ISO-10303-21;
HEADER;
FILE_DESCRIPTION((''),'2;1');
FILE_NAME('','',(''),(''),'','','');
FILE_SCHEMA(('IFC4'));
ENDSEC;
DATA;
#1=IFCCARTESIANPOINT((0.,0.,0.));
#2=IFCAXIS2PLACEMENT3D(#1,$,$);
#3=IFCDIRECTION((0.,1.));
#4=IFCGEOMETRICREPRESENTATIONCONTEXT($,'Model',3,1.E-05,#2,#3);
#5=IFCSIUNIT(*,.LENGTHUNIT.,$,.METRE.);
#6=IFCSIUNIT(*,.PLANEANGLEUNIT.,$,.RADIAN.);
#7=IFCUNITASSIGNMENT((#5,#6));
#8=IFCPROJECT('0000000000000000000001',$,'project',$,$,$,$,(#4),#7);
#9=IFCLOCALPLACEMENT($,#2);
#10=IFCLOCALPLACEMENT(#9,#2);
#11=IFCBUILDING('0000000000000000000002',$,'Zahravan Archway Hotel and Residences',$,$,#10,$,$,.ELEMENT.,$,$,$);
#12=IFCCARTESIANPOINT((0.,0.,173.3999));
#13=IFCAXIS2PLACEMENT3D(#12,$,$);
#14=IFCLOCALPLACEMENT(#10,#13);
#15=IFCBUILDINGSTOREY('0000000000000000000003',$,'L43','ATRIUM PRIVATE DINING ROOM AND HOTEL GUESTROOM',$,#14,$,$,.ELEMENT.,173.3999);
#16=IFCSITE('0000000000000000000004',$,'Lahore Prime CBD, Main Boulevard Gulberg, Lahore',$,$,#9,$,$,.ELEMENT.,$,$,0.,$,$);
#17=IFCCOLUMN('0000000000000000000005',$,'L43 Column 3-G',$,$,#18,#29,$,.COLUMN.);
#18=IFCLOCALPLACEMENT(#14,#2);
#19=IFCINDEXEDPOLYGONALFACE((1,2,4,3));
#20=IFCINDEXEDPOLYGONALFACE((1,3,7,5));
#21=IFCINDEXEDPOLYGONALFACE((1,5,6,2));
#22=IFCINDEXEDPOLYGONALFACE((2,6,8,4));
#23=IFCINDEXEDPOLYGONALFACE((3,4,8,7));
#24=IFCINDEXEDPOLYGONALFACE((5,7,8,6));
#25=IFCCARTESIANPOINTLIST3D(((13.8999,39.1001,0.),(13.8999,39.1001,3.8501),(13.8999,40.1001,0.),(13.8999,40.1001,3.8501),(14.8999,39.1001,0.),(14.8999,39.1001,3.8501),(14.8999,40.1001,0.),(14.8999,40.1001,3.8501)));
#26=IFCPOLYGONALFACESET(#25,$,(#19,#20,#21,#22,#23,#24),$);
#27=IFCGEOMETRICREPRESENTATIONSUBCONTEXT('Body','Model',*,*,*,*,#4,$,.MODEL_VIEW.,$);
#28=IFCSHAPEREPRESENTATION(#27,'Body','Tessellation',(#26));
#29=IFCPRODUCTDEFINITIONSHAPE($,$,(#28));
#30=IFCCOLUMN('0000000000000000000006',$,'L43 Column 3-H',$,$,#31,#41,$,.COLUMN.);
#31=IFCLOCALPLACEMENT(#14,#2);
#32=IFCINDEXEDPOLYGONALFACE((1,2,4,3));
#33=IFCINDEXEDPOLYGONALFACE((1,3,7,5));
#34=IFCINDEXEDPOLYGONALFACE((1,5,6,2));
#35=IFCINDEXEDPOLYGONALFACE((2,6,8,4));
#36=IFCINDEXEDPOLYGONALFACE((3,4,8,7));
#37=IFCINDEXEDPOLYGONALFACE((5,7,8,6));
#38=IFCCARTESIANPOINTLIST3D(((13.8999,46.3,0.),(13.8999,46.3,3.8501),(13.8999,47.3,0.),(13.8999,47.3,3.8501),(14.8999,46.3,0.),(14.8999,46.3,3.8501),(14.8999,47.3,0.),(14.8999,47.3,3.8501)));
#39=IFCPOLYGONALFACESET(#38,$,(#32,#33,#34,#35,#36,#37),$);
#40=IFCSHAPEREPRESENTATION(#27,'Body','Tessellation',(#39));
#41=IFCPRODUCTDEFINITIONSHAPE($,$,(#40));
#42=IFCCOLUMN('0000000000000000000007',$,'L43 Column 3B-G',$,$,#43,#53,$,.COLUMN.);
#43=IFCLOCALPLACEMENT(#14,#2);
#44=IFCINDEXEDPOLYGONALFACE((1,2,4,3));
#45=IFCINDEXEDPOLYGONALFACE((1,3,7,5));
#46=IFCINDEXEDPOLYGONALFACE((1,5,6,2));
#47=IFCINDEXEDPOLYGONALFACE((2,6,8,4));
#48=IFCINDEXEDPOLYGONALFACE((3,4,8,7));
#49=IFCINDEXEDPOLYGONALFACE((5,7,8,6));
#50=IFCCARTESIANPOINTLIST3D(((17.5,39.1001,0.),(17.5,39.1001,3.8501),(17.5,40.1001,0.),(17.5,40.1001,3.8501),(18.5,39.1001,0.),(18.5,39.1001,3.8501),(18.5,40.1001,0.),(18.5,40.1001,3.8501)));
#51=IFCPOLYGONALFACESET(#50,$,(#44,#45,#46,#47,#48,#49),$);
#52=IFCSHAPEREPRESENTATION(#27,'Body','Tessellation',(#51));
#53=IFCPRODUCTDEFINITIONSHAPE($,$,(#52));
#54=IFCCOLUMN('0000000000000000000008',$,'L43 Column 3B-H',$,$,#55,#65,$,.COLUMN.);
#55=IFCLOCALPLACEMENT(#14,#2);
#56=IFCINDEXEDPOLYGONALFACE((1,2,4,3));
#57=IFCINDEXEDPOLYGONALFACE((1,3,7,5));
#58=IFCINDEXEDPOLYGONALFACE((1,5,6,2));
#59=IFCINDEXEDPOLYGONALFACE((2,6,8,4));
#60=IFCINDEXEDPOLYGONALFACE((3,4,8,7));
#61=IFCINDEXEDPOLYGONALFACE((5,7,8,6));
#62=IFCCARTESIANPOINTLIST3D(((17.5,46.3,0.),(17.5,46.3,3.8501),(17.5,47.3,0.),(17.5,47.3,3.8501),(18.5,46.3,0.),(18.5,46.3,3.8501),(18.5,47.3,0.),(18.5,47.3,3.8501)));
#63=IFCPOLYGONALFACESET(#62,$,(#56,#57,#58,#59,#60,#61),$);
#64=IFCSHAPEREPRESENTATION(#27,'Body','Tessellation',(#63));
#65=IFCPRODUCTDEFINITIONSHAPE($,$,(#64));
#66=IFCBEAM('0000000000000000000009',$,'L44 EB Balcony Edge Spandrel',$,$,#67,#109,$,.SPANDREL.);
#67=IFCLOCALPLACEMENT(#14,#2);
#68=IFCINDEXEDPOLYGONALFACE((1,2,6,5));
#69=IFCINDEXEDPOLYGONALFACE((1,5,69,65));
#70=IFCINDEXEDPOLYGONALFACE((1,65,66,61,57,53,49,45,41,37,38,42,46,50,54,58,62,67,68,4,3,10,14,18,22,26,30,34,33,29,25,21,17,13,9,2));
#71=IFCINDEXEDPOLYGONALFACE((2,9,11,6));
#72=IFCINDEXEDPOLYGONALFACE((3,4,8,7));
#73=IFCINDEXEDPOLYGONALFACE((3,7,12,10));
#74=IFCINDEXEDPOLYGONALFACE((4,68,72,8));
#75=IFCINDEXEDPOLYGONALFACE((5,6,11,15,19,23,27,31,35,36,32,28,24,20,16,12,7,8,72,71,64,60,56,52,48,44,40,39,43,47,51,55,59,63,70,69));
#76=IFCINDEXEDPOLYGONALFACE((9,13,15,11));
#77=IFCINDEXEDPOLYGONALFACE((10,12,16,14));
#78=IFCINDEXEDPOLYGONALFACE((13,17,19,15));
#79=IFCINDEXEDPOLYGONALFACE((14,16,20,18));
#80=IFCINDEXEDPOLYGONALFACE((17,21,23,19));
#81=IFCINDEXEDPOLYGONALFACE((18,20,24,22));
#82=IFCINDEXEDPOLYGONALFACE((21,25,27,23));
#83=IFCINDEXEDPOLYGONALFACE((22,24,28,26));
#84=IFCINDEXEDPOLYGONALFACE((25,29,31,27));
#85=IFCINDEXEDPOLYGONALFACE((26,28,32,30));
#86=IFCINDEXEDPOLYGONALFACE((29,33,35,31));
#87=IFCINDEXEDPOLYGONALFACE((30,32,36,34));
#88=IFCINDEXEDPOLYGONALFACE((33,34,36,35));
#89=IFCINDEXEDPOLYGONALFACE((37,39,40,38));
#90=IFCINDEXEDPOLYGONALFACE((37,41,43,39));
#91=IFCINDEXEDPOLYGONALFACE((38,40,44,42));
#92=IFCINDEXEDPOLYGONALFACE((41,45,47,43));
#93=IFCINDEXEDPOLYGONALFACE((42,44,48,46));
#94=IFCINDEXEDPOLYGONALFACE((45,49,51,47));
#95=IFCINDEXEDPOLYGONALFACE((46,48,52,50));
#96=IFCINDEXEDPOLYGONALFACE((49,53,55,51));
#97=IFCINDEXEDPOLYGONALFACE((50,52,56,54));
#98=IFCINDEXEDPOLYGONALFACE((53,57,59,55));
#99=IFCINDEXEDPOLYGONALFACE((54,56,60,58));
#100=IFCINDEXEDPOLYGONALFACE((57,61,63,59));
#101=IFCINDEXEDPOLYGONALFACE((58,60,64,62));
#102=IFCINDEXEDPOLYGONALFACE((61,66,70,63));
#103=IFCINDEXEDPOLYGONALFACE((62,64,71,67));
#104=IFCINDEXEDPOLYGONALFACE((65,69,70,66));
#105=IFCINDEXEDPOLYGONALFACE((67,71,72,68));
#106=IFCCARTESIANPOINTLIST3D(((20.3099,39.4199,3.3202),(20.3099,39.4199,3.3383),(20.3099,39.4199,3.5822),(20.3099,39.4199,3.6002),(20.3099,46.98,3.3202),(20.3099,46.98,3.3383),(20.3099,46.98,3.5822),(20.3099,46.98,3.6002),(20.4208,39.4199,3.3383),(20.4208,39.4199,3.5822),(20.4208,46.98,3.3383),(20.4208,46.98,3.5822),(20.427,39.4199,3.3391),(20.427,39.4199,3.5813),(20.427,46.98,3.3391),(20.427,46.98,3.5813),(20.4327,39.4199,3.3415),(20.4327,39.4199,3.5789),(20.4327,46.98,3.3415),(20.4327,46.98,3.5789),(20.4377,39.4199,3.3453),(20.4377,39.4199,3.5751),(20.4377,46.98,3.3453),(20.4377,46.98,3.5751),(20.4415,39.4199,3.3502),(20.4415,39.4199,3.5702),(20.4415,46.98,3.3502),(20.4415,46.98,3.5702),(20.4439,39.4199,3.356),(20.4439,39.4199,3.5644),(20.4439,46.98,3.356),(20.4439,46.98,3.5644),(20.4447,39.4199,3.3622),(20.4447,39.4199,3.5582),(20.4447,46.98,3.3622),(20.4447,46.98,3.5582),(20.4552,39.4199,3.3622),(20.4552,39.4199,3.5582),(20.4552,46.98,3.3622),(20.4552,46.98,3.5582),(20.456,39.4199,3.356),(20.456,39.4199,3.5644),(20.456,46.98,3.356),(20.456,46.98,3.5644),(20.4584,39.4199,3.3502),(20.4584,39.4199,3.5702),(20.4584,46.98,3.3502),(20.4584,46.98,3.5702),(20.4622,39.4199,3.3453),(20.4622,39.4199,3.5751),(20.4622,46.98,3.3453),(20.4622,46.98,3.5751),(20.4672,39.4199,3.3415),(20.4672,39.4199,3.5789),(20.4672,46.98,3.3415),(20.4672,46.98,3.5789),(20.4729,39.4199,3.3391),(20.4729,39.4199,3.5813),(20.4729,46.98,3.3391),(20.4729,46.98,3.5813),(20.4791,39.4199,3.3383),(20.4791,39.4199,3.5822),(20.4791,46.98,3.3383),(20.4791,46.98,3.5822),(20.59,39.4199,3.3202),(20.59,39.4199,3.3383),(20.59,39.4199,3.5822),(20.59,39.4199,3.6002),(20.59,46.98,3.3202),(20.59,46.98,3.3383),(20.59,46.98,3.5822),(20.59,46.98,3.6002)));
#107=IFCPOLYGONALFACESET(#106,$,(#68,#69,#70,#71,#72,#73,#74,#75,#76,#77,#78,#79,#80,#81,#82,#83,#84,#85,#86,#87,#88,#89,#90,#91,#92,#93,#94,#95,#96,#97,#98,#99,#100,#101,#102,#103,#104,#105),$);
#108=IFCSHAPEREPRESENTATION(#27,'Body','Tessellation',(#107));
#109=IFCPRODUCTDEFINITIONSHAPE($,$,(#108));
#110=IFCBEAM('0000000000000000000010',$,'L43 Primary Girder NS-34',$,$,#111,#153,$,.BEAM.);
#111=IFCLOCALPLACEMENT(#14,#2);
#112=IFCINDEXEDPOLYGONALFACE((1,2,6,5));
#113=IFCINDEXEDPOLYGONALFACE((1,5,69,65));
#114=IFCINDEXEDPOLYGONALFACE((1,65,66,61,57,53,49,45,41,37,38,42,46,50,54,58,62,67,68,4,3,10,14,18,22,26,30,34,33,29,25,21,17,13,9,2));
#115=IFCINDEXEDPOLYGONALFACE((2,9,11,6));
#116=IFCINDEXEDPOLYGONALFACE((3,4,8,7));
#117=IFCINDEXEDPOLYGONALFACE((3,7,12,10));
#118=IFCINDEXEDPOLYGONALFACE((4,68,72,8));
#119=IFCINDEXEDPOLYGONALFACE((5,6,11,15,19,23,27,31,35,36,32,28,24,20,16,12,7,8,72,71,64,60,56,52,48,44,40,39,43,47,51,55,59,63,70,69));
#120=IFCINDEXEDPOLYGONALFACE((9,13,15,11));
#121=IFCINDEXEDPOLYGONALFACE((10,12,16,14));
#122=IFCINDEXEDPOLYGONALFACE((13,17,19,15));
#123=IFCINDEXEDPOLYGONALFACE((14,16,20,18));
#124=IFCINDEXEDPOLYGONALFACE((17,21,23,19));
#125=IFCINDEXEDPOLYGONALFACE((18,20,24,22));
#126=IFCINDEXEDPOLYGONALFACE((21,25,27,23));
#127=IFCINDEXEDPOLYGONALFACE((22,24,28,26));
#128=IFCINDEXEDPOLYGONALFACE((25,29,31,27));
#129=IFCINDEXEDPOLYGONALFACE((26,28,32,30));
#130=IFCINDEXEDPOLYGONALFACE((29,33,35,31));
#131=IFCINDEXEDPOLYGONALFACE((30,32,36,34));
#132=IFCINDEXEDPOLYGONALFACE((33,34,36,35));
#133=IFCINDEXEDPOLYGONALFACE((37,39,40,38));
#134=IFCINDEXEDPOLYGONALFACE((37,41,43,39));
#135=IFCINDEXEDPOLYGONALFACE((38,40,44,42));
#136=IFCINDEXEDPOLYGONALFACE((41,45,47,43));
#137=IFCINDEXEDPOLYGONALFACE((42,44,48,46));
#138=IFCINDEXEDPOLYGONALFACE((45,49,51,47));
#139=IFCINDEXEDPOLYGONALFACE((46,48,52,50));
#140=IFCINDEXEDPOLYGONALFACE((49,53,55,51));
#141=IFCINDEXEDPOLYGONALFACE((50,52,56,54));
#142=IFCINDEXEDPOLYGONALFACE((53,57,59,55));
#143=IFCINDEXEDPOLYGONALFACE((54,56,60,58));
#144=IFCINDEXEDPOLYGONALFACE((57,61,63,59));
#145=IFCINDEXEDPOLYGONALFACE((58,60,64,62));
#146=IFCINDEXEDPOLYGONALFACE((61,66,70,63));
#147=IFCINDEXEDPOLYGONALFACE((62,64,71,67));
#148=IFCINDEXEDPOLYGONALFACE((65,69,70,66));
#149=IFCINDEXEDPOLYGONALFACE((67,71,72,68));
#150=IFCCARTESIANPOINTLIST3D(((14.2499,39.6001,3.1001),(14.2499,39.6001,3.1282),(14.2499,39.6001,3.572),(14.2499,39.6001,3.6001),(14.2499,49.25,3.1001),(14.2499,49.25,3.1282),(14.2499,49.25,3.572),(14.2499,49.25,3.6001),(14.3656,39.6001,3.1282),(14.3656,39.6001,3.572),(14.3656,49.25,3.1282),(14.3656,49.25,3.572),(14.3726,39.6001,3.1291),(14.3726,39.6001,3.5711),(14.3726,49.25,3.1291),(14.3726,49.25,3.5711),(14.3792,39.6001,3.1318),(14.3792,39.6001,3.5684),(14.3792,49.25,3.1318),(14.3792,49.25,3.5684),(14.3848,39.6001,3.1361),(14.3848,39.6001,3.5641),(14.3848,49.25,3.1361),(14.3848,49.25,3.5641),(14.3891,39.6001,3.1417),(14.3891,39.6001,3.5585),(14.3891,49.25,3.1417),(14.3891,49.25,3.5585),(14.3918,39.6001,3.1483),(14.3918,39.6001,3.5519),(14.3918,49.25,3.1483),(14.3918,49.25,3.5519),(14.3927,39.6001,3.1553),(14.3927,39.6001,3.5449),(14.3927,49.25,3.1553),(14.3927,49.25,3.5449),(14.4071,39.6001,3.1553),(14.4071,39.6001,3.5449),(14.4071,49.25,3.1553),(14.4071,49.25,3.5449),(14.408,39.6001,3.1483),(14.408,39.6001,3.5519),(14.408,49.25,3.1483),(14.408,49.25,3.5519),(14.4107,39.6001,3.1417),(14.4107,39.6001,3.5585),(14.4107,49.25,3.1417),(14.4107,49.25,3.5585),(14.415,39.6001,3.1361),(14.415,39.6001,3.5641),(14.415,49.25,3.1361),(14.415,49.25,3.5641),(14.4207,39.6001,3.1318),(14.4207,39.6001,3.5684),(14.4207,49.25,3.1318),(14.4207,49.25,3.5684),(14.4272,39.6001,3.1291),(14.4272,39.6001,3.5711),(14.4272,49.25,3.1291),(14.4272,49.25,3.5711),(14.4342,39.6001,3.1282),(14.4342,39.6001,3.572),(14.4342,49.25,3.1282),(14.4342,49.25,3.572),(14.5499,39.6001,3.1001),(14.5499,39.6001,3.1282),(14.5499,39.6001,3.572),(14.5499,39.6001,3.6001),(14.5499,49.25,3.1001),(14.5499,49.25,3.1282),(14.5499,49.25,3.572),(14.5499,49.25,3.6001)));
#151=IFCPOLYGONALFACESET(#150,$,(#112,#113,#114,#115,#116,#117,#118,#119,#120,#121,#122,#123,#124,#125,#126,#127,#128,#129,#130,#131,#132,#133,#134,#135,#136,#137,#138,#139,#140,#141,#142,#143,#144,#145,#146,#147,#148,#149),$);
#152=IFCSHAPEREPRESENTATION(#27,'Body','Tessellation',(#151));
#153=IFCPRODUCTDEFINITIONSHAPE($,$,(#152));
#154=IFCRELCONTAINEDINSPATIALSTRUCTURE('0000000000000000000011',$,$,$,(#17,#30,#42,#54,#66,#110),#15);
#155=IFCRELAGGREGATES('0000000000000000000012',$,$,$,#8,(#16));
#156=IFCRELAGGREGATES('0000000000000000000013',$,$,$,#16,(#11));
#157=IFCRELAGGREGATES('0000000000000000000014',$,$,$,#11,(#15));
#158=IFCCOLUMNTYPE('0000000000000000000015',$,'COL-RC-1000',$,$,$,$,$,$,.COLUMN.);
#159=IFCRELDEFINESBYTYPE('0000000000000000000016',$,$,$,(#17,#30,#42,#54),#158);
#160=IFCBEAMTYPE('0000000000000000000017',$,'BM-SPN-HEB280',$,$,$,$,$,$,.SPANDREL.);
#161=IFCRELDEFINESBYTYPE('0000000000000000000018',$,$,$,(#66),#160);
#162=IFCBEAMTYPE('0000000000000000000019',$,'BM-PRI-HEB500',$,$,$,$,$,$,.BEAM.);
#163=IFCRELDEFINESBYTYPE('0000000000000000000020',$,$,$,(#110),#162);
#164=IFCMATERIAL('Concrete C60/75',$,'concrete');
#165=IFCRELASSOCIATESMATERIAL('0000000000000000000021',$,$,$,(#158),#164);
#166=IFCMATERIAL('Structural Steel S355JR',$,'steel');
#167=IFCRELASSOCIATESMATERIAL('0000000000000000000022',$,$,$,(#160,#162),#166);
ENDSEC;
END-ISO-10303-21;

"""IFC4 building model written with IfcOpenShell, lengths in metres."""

from ifc_helpers import new_model, si_unit, direction, frame, origin, origin_2d, place, context, subcontext, project, spatial, rectangle, i_section, extrude, source, transform, mapped, material, material_profile, profile_set, type_object, type_shapes, element, save


model = new_model("IFC4")

# Units and contexts
model_context = context("Model", 3, precision=1e-05, world=origin(), true_north=direction((0.0, 1.0)))
body_context = subcontext(model_context, "Body", "Model", "MODEL_VIEW")
ifc_project = project(units=[si_unit("LENGTHUNIT", "METRE"), si_unit("PLANEANGLEUNIT", "RADIAN")], contexts=[model_context])

# Site, building, storey
site_placement = place(None, origin())
site = spatial("IfcSite", under=ifc_project, at=site_placement, Name="Lahore Prime CBD, Main Boulevard Gulberg, Lahore", CompositionType="ELEMENT", RefElevation=0.0)
building_placement = place(site_placement, origin())
building = spatial("IfcBuilding", under=site, at=building_placement, Name="Zahravan Archway Hotel and Residences", CompositionType="ELEMENT")
storey_placement = place(building_placement, frame((0.0, 0.0, 173.3999)))
storey = spatial("IfcBuildingStorey", under=building, at=storey_placement, Name="L43", Description="ATRIUM PRIVATE DINING ROOM AND HOTEL GUESTROOM", CompositionType="ELEMENT", Elevation=173.3999)

# Columns
ifc_material_1 = material(Name="Concrete C60/75", Category="concrete")
ifc_material_profile_1 = material_profile(ifc_material_1, rectangle(XDim=1.0, YDim=1.0, at=origin_2d()), Name="RC-COL-1000x1000", Category="concrete")
ifc_profile_set_1 = profile_set([ifc_material_profile_1], Name="Concrete C60/75")
column_type = type_object("IfcColumnType", Name="COL-RC-1000", PredefinedType="COLUMN", material=ifc_profile_set_1)
shared_shape_1 = source(origin(), body_context, "Body", "SweptSolid", [
    extrude(rectangle(XDim=1.0, YDim=1.0, at=origin_2d()), origin(), (0.0, 0.0, 1.0), 3.8501),
])
for number, where, z_axis, x_axis, name in (
    (1, (14.3999, 39.6001, 0.0), (0.0, 0.0, 1.0), (1.0, 0.0, 0.0), "L43 Column 3-G"),
    (2, (14.3999, 46.8, 0.0), (0.0, 0.0, 1.0), (1.0, 0.0, 0.0), "L43 Column 3-H"),
    (3, (18.0, 39.6001, 0.0), (0.0, 0.0, 1.0), (1.0, 0.0, 0.0), "L43 Column 3B-G"),
    (4, (18.0, 46.8, 0.0), (0.0, 0.0, 1.0), (1.0, 0.0, 0.0), "L43 Column 3B-H"),
):
    element("IfcColumn", number, at=place(storey_placement, frame(where, z_axis=z_axis, x_axis=x_axis)), inside=storey, type_object=column_type, Name=name, PredefinedType="COLUMN", context=body_context, shape_type="MappedRepresentation", body=[
        mapped(shared_shape_1, transform((0.0, 0.0, 0.0), scale=1.0)),
    ])

# Beams
ifc_material_2 = material(Name="Structural Steel S355JR", Category="steel")
ifc_material_profile_2 = material_profile(ifc_material_2, i_section(OverallWidth=0.28, OverallDepth=0.28, WebThickness=0.0105, FlangeThickness=0.0181, FilletRadius=0.0239, at=origin_2d()), Name="HEB 280", Category="steel")
ifc_profile_set_2 = profile_set([ifc_material_profile_2], Name="Structural Steel S355JR")
beam_type_1 = type_object("IfcBeamType", Name="BM-SPN-HEB280", PredefinedType="SPANDREL", material=ifc_profile_set_2)
shared_shape_2 = source(origin(), body_context, "Body", "SweptSolid", [
    extrude(i_section(OverallWidth=0.28, OverallDepth=0.28, WebThickness=0.0105, FlangeThickness=0.0181, FilletRadius=0.0239, at=origin_2d()), origin(), (0.0, 0.0, 1.0), 7.5601),
])
type_shapes(beam_type_1, [shared_shape_2])
beam_1_placement = place(storey_placement, frame((20.45, 39.4199, 3.4602), z_axis=(0.0, 1.0, 0.0), x_axis=(-1.0, 0.0, 0.0)))
element("IfcBeam", 5, at=beam_1_placement, inside=storey, type_object=beam_type_1, Name="L44 EB Balcony Edge Spandrel", PredefinedType="SPANDREL", context=body_context, shape_type="MappedRepresentation", body=[
    mapped(shared_shape_2, transform((0.0, 0.0, 0.0), scale=1.0)),
])
ifc_material_profile_3 = material_profile(ifc_material_2, i_section(OverallWidth=0.3, OverallDepth=0.5, WebThickness=0.0144, FlangeThickness=0.0281, FilletRadius=0.0271, at=origin_2d()), Name="HEB 500", Category="steel")
ifc_profile_set_3 = profile_set([ifc_material_profile_3], Name="Structural Steel S355JR")
beam_type_2 = type_object("IfcBeamType", Name="BM-PRI-HEB500", PredefinedType="BEAM", material=ifc_profile_set_3)
shared_shape_3 = source(origin(), body_context, "Body", "SweptSolid", [
    extrude(i_section(OverallWidth=0.3, OverallDepth=0.5, WebThickness=0.0144, FlangeThickness=0.0281, FilletRadius=0.0271, at=origin_2d()), origin(), (0.0, 0.0, 1.0), 9.6499),
])
beam_2_placement = place(storey_placement, frame((14.3999, 39.6001, 3.3501), z_axis=(0.0, 1.0, 0.0), x_axis=(-1.0, 0.0, 0.0)))
element("IfcBeam", 6, at=beam_2_placement, inside=storey, type_object=beam_type_2, Name="L43 Primary Girder NS-34", PredefinedType="BEAM", context=body_context, shape_type="MappedRepresentation", body=[
    mapped(shared_shape_3, transform((0.0, 0.0, 0.0), scale=1.0)),
])

save(model, "model.ifc")
